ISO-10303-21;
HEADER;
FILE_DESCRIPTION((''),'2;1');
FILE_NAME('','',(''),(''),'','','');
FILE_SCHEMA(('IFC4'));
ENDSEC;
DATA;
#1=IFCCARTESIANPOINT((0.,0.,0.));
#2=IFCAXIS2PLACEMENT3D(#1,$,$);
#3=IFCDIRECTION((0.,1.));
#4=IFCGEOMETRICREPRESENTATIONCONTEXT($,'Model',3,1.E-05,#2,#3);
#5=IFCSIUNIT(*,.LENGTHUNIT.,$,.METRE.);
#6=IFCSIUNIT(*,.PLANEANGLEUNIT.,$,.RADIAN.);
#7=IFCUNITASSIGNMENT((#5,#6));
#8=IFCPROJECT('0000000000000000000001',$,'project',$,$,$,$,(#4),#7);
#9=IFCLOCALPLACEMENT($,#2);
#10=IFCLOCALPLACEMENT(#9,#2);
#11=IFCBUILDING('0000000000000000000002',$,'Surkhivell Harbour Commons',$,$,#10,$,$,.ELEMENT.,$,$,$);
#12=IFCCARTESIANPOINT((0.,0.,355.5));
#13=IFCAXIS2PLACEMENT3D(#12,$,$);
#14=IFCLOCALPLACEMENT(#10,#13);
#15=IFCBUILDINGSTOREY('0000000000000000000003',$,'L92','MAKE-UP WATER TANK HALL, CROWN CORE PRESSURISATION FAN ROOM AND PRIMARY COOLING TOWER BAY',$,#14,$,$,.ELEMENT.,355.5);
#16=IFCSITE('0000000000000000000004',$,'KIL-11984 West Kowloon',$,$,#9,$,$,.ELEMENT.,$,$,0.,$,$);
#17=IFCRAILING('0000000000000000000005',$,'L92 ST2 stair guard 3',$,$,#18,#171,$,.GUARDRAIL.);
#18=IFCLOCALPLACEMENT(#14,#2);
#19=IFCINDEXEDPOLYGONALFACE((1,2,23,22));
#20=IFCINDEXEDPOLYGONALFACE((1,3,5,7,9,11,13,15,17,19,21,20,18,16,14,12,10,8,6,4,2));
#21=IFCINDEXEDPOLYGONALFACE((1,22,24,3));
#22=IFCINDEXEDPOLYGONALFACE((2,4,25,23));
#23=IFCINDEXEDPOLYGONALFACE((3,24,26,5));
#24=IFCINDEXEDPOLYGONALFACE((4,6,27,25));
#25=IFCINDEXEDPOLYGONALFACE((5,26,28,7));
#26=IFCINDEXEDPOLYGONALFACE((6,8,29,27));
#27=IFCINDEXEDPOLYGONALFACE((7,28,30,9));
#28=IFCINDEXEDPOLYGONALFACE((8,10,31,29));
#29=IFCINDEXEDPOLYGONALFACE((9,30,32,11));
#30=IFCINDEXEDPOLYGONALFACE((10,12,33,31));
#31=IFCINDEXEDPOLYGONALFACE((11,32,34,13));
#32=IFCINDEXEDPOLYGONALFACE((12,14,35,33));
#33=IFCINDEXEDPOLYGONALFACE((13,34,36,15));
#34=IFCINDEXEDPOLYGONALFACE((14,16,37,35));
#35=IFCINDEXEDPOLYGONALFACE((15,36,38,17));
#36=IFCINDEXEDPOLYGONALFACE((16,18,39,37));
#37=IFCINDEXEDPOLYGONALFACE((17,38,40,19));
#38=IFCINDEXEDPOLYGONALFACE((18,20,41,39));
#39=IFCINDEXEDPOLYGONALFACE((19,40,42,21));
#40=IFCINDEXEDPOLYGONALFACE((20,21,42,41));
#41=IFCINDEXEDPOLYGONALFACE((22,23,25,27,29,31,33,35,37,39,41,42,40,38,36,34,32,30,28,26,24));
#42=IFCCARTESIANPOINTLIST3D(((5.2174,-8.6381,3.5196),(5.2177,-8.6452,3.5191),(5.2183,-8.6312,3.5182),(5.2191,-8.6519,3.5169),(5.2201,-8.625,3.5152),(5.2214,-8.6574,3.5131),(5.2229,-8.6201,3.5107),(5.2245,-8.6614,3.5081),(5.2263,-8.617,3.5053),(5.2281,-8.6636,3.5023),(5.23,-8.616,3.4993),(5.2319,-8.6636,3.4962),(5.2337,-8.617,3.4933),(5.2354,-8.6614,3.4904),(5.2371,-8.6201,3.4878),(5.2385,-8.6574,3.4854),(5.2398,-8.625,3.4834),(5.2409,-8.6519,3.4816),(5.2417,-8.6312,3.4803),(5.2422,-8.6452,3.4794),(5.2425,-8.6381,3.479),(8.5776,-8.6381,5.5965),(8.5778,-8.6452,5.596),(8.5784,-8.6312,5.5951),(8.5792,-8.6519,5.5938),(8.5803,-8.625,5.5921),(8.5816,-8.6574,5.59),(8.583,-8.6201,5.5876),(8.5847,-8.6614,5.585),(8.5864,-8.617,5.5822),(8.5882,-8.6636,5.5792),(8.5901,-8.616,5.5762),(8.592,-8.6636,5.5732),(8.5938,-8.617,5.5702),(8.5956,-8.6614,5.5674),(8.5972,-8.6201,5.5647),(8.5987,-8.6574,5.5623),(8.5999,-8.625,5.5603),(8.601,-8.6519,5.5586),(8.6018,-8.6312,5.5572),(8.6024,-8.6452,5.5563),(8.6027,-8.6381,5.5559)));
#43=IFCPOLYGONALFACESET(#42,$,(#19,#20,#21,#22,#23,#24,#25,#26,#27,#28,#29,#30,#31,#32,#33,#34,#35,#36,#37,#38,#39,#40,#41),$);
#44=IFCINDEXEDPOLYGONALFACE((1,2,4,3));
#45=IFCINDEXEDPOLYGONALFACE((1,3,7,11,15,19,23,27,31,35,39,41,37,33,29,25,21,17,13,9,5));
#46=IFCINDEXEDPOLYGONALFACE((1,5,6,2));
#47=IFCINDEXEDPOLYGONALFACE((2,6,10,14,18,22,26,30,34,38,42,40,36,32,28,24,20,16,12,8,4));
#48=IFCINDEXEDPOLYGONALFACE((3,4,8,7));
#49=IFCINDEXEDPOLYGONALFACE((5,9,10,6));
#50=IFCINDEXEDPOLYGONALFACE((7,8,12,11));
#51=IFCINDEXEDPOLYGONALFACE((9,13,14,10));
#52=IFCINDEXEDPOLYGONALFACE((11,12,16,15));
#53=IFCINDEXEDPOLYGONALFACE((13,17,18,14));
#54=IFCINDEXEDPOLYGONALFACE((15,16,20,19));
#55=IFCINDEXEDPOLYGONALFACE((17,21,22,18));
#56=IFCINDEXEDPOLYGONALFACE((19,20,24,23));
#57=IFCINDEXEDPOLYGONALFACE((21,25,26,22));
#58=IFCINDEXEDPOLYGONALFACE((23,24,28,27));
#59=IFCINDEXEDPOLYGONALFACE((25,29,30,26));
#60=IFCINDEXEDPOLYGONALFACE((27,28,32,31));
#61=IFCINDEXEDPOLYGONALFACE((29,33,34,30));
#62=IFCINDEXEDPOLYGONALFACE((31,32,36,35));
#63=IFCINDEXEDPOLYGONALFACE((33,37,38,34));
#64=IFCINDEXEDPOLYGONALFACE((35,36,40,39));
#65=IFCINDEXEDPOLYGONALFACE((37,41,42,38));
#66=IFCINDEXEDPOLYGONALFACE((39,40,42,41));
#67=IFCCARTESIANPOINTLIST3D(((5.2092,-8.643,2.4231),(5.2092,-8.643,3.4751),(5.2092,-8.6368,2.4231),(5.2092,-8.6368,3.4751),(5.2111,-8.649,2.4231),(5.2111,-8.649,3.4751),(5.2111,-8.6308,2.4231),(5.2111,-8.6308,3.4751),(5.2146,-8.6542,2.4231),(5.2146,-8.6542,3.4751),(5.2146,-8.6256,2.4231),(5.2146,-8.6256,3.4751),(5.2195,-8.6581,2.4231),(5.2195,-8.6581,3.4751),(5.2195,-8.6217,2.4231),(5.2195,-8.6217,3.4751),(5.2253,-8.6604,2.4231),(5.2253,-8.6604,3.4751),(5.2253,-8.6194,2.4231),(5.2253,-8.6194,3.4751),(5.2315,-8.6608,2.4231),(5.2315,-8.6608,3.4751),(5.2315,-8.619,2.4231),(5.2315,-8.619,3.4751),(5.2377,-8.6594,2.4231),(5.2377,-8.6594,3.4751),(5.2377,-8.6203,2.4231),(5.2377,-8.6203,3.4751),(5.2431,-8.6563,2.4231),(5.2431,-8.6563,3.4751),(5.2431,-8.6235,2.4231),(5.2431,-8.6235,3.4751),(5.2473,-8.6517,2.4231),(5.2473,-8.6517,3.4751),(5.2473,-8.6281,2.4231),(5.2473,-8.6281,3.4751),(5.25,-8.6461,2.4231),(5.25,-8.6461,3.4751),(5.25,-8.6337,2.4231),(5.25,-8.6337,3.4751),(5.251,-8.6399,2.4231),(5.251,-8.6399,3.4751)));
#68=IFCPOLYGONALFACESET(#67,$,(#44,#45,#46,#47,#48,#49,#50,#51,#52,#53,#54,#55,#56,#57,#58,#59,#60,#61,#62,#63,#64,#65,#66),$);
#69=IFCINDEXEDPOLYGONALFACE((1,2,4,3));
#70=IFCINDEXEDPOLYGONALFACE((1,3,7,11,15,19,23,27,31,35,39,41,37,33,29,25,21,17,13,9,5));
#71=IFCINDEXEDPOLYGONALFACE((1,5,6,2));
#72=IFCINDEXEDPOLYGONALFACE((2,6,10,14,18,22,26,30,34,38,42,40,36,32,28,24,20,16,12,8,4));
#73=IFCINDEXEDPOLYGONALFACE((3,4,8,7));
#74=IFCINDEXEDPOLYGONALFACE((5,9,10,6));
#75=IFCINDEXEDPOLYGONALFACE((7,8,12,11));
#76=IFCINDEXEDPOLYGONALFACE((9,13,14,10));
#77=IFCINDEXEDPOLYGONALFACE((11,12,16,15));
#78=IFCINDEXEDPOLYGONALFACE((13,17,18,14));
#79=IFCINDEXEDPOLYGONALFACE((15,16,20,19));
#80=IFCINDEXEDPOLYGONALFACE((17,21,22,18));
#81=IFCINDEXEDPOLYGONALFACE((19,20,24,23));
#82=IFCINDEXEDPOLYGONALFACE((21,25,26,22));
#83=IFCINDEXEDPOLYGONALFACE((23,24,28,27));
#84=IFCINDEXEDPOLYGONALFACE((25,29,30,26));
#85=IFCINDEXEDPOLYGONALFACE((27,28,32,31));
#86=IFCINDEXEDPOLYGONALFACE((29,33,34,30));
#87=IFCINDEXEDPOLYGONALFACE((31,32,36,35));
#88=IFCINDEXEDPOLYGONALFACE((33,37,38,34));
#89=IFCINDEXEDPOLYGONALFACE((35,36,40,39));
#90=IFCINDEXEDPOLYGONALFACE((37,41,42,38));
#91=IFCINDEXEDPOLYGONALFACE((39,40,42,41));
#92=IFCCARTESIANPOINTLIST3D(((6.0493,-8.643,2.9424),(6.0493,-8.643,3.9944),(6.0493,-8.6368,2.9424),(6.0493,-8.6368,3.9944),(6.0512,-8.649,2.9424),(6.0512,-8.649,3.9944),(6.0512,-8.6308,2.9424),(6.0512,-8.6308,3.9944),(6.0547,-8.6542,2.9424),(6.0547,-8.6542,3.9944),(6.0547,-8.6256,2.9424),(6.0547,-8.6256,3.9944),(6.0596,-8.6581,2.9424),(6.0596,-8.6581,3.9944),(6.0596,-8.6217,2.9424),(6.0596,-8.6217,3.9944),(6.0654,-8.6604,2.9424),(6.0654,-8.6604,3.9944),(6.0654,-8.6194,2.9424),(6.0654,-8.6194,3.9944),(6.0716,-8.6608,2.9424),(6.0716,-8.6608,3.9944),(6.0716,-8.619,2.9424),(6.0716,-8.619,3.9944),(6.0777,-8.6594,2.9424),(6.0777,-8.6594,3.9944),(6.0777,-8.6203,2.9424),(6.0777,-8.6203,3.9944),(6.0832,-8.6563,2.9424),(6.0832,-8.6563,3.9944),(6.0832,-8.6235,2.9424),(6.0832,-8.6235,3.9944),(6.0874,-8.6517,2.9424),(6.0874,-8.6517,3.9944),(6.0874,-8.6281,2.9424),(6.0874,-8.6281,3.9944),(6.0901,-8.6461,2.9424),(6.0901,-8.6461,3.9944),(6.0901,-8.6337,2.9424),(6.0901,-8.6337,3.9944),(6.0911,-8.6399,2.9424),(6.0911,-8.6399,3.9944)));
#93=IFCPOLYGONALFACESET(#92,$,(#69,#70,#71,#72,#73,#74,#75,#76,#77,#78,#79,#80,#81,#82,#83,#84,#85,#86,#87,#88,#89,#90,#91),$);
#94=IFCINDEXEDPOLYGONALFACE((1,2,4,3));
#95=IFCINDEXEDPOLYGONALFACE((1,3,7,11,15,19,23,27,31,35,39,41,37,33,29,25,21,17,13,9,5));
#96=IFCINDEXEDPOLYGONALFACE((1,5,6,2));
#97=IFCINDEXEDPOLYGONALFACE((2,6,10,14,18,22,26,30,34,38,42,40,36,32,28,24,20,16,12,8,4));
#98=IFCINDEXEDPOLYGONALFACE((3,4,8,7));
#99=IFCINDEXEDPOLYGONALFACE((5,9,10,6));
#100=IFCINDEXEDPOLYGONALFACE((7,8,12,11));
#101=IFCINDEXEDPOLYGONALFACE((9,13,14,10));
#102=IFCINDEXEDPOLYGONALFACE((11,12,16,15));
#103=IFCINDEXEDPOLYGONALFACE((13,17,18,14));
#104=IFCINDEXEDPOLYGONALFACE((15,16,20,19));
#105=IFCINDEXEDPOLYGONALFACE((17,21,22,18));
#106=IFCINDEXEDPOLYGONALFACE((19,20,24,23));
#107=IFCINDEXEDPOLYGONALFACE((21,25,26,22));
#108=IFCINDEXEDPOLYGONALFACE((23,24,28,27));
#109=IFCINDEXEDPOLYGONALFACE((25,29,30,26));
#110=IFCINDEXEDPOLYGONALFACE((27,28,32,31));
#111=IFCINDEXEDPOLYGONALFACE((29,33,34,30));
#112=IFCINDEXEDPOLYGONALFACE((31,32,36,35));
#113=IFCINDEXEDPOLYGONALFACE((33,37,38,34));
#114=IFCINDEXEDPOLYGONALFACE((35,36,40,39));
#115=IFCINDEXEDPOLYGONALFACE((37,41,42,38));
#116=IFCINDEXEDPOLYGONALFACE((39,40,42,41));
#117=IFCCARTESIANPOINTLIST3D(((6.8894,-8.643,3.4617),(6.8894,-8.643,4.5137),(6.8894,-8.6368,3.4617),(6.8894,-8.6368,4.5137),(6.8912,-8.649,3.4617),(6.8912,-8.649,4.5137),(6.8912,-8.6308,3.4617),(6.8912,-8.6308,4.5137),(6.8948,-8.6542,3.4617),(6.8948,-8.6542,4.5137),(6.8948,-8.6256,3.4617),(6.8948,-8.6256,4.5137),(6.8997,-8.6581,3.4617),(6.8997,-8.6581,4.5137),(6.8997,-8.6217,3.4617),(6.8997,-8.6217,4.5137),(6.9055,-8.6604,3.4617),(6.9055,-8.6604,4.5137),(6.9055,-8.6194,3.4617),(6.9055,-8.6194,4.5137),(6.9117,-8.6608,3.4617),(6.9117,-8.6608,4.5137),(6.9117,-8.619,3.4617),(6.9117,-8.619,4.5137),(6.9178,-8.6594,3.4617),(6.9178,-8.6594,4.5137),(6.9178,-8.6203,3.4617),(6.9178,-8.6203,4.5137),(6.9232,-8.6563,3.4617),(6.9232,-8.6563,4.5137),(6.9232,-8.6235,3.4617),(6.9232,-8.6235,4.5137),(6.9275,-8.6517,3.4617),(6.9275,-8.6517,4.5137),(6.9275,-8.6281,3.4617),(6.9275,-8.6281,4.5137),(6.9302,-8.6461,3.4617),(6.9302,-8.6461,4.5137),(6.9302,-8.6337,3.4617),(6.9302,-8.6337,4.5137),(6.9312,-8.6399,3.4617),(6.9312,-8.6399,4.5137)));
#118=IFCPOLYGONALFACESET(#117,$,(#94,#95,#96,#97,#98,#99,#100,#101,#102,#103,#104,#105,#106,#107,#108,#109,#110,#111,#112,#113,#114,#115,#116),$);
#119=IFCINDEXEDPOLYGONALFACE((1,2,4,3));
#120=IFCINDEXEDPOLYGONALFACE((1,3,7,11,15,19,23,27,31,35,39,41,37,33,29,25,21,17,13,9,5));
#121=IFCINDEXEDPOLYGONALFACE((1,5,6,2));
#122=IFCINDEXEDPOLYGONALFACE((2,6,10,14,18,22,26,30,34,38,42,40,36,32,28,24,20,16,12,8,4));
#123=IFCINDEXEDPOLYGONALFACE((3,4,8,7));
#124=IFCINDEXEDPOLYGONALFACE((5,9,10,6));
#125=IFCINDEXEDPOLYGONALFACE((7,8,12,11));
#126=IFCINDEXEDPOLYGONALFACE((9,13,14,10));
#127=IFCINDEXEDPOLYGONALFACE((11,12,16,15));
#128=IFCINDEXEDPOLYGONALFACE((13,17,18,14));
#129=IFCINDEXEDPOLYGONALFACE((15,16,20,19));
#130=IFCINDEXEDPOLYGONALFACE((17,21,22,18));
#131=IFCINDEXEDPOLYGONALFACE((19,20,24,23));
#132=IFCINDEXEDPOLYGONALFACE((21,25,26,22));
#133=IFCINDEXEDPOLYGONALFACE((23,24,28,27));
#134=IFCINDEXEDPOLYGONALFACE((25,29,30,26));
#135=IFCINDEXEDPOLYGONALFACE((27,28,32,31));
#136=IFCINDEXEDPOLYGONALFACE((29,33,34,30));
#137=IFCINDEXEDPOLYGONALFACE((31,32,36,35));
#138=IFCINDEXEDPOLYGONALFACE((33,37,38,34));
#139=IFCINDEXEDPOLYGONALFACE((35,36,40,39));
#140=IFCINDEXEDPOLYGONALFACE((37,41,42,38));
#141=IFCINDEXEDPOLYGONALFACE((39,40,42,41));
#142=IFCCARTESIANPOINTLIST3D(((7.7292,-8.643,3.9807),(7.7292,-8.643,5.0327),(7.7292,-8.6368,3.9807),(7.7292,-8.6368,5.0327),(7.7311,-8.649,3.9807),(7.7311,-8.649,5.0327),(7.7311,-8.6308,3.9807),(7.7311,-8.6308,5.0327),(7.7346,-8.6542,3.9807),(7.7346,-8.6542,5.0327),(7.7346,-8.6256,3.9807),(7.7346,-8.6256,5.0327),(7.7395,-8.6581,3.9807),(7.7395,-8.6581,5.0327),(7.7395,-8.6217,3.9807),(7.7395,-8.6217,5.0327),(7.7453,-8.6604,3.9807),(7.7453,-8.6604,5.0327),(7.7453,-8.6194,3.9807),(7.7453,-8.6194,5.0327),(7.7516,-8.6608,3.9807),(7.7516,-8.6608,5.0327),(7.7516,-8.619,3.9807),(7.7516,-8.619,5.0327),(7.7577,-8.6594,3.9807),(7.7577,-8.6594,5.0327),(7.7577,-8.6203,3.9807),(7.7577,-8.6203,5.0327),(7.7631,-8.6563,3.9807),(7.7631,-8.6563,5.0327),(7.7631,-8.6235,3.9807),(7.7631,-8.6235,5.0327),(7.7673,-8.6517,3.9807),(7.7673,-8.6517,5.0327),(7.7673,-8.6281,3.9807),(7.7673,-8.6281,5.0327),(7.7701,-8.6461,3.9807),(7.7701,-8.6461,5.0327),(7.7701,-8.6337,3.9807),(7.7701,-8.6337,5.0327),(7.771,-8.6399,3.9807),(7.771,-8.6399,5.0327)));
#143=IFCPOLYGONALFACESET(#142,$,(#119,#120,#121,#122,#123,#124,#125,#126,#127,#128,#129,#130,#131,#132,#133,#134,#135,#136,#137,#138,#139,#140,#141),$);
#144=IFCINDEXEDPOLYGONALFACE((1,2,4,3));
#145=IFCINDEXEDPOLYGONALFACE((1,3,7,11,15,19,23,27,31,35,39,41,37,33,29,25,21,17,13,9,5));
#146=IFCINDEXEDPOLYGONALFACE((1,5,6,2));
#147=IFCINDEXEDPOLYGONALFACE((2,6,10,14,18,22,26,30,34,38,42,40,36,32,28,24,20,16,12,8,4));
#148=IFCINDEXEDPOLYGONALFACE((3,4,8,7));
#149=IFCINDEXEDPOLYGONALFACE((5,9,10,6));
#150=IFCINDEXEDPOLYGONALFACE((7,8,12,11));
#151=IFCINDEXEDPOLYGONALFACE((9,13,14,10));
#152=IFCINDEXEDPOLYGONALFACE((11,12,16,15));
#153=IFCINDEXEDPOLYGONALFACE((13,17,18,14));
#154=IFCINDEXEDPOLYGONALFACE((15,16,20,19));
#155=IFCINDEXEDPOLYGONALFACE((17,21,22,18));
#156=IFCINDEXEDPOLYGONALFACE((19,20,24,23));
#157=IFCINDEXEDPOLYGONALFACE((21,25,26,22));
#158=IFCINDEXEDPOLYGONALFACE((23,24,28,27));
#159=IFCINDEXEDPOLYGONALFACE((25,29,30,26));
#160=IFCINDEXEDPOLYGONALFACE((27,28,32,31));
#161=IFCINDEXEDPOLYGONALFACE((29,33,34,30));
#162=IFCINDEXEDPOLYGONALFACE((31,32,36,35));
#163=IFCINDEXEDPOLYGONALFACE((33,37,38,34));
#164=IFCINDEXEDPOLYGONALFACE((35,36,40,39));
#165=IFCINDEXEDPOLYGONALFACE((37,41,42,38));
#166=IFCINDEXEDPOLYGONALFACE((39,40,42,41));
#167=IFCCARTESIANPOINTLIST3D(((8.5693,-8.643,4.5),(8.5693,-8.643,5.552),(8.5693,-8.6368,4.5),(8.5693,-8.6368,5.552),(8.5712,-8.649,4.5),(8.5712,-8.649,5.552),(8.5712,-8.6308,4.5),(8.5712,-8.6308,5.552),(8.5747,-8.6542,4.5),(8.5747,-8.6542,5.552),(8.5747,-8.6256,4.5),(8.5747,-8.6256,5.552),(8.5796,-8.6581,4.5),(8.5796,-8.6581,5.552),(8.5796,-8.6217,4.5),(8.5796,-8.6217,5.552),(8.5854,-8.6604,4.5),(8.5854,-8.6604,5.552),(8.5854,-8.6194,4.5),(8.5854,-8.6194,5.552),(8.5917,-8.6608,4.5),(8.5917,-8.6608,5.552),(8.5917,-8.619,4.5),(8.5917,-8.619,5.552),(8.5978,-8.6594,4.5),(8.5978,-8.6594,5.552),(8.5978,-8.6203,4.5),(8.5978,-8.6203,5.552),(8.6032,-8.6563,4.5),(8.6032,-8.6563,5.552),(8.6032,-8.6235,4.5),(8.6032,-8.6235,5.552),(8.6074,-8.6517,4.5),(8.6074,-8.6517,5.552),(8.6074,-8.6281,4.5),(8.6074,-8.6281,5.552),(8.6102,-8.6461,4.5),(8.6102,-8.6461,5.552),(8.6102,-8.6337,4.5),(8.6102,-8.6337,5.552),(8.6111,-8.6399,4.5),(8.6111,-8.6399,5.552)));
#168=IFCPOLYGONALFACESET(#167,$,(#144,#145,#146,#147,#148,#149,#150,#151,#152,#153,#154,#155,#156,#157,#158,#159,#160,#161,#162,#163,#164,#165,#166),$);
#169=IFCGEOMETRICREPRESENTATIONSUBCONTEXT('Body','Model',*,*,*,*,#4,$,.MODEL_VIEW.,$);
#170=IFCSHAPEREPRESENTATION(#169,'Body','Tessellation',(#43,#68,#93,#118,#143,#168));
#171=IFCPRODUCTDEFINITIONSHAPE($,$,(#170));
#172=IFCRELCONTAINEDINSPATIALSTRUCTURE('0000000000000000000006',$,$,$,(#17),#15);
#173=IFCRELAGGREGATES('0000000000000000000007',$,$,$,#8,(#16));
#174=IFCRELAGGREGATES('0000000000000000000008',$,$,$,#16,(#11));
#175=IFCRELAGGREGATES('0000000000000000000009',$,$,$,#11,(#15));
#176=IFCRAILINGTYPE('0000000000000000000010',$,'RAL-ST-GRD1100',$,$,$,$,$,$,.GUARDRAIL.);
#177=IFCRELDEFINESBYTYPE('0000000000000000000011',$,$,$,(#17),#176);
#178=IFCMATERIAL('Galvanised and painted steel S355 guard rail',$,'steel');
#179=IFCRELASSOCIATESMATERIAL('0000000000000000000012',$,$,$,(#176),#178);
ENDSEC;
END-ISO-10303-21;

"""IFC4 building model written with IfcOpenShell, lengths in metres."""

from ifc_helpers import new_model, si_unit, direction, frame, origin, origin_2d, place, context, subcontext, project, spatial, circle, extrude, material, type_object, element, save


model = new_model("IFC4")

# Units and contexts
model_context = context("Model", 3, precision=1e-05, world=origin(), true_north=direction((0.0, 1.0)))
body_context = subcontext(model_context, "Body", "Model", "MODEL_VIEW")
ifc_project = project(units=[si_unit("LENGTHUNIT", "METRE"), si_unit("PLANEANGLEUNIT", "RADIAN")], contexts=[model_context])

# Site, building, storey
site_placement = place(None, origin())
site = spatial("IfcSite", under=ifc_project, at=site_placement, Name="KIL-11984 West Kowloon", CompositionType="ELEMENT", RefElevation=0.0)
building_placement = place(site_placement, origin())
building = spatial("IfcBuilding", under=site, at=building_placement, Name="Surkhivell Harbour Commons", CompositionType="ELEMENT")
storey_placement = place(building_placement, frame((0.0, 0.0, 355.5)))
storey = spatial("IfcBuildingStorey", under=building, at=storey_placement, Name="L92", Description="MAKE-UP WATER TANK HALL, CROWN CORE PRESSURISATION FAN ROOM AND PRIMARY COOLING TOWER BAY", CompositionType="ELEMENT", Elevation=355.5)

# Railing
ifc_material_1 = material(Name="Galvanised and painted steel S355 guard rail", Category="steel")
railing_type_1 = type_object("IfcRailingType", Name="RAL-ST-GRD1100", PredefinedType="GUARDRAIL", material=ifc_material_1)
railing_1_placement = place(storey_placement, frame((5.23, -8.6399, 2.4231)))
element("IfcRailing", 1, at=railing_1_placement, inside=storey, type_object=railing_type_1, Name="L92 ST2 stair guard 3", PredefinedType="GUARDRAIL", context=body_context, shape_type="SweptSolid", body=[
    extrude(circle(Radius=0.0239, at=origin_2d()), frame((0.0, 0.0, 1.0762), z_axis=(0.850623, 0.0, 0.525776), x_axis=(0.0, 1.0, 0.0)), (0.0, 0.0, 1.0), 3.9502),
    extrude(circle(Radius=0.021, at=origin_2d()), origin(), (0.0, 0.0, 1.0), 1.052),
    extrude(circle(Radius=0.021, at=origin_2d()), frame((0.8401, 0.0, 0.5193)), (0.0, 0.0, 1.0), 1.052),
    extrude(circle(Radius=0.021, at=origin_2d()), frame((1.6802, 0.0, 1.0386)), (0.0, 0.0, 1.0), 1.052),
    extrude(circle(Radius=0.021, at=origin_2d()), frame((2.52, 0.0, 1.5576)), (0.0, 0.0, 1.0), 1.052),
    extrude(circle(Radius=0.021, at=origin_2d()), frame((3.3601, 0.0, 2.0769)), (0.0, 0.0, 1.0), 1.052),
])

save(model, "model.ifc")
